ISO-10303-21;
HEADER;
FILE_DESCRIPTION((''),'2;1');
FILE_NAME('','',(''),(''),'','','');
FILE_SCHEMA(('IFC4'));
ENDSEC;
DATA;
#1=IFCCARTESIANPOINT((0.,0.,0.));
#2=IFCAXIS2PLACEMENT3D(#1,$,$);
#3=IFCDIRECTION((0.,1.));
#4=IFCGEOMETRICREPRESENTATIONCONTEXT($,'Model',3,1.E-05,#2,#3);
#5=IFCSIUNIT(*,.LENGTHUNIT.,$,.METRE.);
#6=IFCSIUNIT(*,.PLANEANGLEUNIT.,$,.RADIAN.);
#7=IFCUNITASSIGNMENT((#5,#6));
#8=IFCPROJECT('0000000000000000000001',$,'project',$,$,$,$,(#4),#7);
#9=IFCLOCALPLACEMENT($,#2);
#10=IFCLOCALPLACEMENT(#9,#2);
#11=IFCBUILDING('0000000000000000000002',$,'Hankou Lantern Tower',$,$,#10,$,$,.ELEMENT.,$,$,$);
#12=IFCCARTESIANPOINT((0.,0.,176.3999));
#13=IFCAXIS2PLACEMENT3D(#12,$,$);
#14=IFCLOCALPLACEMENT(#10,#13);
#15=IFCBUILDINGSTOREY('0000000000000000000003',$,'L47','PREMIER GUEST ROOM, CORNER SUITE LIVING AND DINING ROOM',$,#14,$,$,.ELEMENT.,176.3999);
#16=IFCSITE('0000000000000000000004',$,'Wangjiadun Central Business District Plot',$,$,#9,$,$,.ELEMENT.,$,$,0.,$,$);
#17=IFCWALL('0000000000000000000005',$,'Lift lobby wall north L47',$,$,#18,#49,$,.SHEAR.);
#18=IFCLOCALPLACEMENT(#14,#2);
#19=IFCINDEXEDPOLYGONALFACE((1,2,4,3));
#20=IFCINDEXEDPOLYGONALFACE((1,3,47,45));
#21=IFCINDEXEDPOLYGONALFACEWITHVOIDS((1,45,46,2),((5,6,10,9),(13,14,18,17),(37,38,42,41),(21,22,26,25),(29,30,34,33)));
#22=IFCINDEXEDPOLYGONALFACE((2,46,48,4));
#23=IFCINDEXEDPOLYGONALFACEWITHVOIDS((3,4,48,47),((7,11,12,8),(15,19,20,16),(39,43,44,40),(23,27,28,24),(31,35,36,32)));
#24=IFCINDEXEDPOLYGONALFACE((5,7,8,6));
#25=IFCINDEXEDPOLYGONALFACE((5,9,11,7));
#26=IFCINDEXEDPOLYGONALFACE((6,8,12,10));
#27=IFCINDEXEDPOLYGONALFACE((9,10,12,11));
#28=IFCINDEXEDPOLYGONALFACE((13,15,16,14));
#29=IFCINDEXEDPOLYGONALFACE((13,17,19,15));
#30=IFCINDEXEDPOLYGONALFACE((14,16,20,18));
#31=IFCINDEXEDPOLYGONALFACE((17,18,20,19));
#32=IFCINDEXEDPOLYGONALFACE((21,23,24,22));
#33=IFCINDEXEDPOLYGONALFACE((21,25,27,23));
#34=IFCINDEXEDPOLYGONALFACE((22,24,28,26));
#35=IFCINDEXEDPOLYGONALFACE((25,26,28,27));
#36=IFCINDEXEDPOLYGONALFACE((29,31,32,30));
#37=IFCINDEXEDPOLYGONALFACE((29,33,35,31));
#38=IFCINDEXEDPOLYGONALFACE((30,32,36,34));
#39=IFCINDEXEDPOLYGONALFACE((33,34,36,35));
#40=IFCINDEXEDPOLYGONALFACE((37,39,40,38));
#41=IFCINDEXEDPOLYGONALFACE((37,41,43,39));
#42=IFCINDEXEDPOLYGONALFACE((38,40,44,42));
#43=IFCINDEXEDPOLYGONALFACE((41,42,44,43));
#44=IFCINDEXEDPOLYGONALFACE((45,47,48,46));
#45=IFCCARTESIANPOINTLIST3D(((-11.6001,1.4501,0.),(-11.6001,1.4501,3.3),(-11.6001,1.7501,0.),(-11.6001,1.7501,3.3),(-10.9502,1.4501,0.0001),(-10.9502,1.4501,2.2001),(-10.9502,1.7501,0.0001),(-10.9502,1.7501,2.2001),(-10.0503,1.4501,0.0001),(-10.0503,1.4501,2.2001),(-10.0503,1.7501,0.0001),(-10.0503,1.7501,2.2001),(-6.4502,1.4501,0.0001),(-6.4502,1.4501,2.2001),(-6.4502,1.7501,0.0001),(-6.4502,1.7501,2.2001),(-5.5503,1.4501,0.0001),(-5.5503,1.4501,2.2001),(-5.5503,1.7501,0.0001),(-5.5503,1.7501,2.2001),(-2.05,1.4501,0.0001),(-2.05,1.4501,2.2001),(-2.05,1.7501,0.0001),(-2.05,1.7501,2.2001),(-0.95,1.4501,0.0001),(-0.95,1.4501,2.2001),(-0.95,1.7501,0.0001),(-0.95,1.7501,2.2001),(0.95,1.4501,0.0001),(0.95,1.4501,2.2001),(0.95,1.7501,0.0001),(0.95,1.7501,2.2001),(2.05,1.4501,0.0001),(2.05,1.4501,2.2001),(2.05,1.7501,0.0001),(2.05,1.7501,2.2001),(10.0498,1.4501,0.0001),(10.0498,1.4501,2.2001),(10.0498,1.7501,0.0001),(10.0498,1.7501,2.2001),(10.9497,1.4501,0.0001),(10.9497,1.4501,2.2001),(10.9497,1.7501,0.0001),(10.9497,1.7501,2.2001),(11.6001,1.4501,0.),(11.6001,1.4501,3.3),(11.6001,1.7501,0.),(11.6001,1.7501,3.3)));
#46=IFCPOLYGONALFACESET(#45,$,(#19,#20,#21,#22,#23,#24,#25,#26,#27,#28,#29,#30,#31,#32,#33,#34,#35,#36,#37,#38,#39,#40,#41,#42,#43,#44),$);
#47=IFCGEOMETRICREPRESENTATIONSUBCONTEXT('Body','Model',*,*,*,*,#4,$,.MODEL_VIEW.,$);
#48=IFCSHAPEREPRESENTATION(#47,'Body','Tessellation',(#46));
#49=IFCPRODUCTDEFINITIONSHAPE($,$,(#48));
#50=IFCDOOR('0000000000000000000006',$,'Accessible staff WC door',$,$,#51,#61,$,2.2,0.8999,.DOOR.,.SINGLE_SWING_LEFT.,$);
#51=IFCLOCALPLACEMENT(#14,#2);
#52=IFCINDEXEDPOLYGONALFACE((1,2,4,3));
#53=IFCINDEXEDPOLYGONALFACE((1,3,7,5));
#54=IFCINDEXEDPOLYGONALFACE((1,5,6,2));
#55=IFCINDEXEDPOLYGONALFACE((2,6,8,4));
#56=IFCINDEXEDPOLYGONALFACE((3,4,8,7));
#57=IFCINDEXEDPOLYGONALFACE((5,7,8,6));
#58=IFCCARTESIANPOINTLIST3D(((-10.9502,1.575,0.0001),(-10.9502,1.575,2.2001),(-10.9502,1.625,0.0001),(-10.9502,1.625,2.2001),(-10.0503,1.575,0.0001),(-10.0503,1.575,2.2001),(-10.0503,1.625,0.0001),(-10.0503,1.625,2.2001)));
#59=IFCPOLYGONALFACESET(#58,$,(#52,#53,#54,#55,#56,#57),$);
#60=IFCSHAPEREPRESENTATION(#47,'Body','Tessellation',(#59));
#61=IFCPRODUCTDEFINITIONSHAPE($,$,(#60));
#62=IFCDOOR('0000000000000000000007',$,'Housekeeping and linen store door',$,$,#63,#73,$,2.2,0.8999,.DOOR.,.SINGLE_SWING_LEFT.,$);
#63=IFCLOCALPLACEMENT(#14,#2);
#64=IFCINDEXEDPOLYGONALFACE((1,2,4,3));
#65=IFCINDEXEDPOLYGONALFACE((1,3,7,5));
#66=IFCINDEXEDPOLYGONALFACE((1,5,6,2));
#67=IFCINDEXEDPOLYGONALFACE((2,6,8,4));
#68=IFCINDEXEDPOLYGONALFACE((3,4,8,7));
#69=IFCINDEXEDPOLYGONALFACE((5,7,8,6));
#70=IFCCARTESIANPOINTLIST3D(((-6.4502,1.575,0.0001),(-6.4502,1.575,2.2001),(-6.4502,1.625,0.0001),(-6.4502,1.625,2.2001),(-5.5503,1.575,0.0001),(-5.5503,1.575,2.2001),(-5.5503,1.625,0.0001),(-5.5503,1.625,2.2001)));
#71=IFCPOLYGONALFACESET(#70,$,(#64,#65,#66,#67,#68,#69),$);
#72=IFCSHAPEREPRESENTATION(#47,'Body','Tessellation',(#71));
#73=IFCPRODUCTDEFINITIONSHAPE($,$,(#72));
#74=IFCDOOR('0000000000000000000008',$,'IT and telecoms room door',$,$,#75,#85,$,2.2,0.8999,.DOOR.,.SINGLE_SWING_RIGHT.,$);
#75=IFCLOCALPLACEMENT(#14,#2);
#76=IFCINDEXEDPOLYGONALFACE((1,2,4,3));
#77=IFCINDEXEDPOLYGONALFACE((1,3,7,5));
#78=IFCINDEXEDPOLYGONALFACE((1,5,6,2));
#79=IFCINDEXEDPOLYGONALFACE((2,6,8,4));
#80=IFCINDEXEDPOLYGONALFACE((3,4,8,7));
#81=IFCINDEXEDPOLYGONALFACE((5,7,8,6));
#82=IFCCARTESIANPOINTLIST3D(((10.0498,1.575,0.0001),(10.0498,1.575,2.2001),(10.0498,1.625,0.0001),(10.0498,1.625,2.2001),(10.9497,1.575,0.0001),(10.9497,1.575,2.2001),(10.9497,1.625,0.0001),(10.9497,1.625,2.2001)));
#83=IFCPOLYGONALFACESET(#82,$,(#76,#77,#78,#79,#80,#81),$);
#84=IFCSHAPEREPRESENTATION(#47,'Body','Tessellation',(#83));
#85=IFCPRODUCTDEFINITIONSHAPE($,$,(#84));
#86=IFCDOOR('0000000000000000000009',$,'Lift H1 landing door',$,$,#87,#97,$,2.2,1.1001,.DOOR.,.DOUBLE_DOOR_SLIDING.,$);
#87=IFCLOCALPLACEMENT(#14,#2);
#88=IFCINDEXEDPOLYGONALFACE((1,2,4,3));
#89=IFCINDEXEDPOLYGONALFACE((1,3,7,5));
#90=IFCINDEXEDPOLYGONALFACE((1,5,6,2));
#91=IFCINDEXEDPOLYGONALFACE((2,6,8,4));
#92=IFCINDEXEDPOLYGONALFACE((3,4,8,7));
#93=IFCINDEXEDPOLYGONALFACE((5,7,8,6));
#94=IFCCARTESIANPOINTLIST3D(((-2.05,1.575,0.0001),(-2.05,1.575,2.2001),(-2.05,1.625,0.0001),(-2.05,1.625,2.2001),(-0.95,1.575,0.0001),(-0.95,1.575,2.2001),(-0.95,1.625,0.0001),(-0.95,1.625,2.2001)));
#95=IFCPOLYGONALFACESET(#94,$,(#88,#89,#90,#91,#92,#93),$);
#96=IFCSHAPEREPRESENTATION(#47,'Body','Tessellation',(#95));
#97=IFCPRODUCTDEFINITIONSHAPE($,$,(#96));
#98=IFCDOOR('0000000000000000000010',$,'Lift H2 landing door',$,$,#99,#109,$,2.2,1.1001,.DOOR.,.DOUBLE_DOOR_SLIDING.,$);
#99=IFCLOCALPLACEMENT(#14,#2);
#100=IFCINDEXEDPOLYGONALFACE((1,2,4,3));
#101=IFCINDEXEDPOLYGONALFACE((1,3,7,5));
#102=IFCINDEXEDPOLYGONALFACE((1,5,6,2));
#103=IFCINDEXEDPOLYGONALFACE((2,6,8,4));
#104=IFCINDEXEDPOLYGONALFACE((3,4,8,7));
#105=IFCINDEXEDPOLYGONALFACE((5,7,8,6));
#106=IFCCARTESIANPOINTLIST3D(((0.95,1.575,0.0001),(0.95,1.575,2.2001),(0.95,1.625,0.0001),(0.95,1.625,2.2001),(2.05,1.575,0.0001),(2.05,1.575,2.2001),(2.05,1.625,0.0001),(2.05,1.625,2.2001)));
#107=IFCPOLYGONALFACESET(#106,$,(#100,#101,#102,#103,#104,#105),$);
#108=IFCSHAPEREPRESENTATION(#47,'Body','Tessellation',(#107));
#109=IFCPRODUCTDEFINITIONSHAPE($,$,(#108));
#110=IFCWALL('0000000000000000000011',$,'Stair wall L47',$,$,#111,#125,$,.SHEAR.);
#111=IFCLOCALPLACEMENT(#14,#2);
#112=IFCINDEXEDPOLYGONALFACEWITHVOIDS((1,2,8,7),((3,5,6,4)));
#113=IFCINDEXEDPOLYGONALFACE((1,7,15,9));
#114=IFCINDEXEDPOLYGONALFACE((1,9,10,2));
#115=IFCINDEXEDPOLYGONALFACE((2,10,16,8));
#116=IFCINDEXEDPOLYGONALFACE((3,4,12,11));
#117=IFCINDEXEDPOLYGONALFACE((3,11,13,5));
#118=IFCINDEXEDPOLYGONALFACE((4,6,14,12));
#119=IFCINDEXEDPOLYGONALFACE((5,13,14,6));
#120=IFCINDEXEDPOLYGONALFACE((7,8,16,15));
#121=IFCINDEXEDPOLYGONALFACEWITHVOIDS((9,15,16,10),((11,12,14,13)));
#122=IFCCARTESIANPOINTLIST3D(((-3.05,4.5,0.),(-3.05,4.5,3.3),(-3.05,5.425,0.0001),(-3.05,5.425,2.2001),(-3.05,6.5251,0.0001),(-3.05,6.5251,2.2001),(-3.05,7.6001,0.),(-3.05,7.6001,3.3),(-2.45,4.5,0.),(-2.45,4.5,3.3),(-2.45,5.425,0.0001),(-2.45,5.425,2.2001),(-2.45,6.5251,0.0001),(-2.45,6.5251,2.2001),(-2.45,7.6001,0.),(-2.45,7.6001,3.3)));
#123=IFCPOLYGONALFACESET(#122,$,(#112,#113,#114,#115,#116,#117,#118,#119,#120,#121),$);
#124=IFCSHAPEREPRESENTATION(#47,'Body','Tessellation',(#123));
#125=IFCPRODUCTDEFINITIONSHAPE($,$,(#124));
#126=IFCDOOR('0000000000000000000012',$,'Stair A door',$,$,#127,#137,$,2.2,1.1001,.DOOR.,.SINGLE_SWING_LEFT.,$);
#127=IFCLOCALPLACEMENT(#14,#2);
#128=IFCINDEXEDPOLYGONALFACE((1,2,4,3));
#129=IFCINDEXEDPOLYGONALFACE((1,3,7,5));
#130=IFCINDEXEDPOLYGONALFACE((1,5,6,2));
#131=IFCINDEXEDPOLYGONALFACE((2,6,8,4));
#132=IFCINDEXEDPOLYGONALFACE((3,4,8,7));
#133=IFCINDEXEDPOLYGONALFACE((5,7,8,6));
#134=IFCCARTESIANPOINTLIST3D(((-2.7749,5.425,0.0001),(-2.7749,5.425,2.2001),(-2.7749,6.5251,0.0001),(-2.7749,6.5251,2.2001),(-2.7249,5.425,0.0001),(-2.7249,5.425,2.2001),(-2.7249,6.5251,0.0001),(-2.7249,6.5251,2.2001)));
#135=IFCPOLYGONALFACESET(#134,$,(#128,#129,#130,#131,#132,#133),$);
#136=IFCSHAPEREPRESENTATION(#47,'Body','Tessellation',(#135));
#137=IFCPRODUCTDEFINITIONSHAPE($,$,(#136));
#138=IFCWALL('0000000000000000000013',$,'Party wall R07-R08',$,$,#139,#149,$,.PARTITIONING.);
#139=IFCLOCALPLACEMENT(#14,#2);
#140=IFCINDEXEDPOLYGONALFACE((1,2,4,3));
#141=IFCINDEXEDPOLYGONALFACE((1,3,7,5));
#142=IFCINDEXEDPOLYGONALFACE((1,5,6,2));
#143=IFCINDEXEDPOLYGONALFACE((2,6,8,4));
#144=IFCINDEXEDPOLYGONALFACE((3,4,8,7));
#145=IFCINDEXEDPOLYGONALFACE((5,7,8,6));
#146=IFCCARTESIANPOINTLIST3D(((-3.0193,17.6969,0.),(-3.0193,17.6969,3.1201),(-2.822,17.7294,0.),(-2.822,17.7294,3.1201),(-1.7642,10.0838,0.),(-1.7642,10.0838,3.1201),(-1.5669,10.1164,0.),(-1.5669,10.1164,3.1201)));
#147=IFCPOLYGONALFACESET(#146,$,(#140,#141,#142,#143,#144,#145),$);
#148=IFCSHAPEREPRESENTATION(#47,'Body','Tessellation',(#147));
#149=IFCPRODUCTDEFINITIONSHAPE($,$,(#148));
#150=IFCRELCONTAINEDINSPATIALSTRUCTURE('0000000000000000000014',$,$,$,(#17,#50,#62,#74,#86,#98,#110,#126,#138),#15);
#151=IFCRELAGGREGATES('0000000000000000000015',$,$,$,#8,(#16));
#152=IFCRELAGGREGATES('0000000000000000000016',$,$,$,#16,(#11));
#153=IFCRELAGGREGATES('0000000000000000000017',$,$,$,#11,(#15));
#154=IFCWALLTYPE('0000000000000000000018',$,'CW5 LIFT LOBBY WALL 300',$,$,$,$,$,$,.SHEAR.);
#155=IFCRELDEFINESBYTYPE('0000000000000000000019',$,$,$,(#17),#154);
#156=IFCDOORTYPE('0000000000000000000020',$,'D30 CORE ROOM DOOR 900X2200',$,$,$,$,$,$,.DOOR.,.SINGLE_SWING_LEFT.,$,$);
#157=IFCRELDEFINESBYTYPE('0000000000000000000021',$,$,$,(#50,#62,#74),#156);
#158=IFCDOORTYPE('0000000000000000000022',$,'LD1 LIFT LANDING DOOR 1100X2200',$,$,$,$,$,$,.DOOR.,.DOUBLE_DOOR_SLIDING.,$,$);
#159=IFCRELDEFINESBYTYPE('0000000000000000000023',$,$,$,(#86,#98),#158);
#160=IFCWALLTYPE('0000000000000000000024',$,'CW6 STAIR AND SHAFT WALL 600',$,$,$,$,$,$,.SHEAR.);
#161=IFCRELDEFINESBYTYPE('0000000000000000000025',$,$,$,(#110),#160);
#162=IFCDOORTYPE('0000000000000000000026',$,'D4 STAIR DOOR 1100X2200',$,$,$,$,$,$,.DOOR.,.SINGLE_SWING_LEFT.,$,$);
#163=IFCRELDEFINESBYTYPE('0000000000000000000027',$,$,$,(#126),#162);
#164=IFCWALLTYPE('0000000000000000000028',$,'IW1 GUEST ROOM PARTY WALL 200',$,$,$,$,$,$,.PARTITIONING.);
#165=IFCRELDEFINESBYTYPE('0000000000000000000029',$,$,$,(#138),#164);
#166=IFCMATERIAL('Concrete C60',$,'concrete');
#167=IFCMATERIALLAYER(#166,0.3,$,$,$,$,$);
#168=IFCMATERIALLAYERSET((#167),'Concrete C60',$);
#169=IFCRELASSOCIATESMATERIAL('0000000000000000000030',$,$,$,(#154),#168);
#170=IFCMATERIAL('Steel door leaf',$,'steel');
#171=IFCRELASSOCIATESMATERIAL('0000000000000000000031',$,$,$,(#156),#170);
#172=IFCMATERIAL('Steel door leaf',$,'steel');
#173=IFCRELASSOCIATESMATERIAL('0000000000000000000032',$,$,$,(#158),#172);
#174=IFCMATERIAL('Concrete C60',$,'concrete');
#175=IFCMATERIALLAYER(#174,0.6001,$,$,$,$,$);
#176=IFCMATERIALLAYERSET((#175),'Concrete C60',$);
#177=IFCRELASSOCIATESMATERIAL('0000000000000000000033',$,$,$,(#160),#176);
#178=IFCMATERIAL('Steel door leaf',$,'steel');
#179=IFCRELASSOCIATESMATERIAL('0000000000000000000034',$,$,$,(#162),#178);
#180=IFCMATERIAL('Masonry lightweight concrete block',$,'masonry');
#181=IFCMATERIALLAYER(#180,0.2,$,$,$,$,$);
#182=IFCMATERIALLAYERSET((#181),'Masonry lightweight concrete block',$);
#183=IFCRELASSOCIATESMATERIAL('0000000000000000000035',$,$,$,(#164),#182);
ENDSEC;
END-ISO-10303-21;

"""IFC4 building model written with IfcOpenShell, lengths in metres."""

from ifc_helpers import new_model, si_unit, direction, frame, frame_2d, origin, place, context, subcontext, project, spatial, rectangle, extrude, material, layer, layer_set, type_object, element, fill, save


model = new_model("IFC4")

# Units and contexts
model_context = context("Model", 3, precision=1e-05, world=origin(), true_north=direction((0.0, 1.0)))
body_context = subcontext(model_context, "Body", "Model", "MODEL_VIEW")
ifc_project = project(units=[si_unit("LENGTHUNIT", "METRE"), si_unit("PLANEANGLEUNIT", "RADIAN")], contexts=[model_context])

# Site, building, storey
site_placement = place(None, origin())
site = spatial("IfcSite", under=ifc_project, at=site_placement, Name="Wangjiadun Central Business District Plot", CompositionType="ELEMENT", RefElevation=0.0)
building_placement = place(site_placement, origin())
building = spatial("IfcBuilding", under=site, at=building_placement, Name="Hankou Lantern Tower", CompositionType="ELEMENT")
storey_placement = place(building_placement, frame((0.0, 0.0, 176.3999)))
storey = spatial("IfcBuildingStorey", under=building, at=storey_placement, Name="L47", Description="PREMIER GUEST ROOM, CORNER SUITE LIVING AND DINING ROOM", CompositionType="ELEMENT", Elevation=176.3999)

# Wall, openings, doors
ifc_material_1 = material(Name="Concrete C60", Category="concrete")
ifc_layer_1 = layer(ifc_material_1, 0.3)
ifc_layer_set_1 = layer_set([ifc_layer_1], Name="Concrete C60")
wall_type_1 = type_object("IfcWallType", Name="CW5 LIFT LOBBY WALL 300", PredefinedType="SHEAR", material=ifc_layer_set_1)
wall_1_placement = place(storey_placement, frame((-11.6001, 1.6001, 0.0), z_axis=(0.0, 0.0, 1.0), x_axis=(1.0, 0.0, 0.0)))
wall_1 = element("IfcWall", 1, at=wall_1_placement, inside=storey, type_object=wall_type_1, Name="Lift lobby wall north L47", PredefinedType="SHEAR", context=body_context, shape_type="SweptSolid", body=[
    extrude(rectangle(XDim=23.2002, YDim=0.3, at=frame_2d((11.6001, 0.0))), origin(), (0.0, 0.0, 1.0), 3.3),
])
opening_1_placement = place(wall_1_placement, frame((9.55, 0.0, 0.0)))
opening_1 = element("IfcOpeningElement", 2, at=opening_1_placement, cuts=wall_1, PredefinedType="OPENING", context=body_context, shape_type="SweptSolid", body=[
    extrude(rectangle(XDim=1.1001, YDim=2.2, at=frame_2d((0.55, 1.1001))), frame((0.0, 0.1599, 0.0), z_axis=(0.0, -1.0, 0.0), x_axis=(1.0, 0.0, 0.0)), (0.0, 0.0, 1.0), 0.3201),
])
opening_2_placement = place(wall_1_placement, frame((12.55, 0.0, 0.0)))
opening_2 = element("IfcOpeningElement", 3, at=opening_2_placement, cuts=wall_1, PredefinedType="OPENING", context=body_context, shape_type="SweptSolid", body=[
    extrude(rectangle(XDim=1.1001, YDim=2.2, at=frame_2d((0.55, 1.1001))), frame((0.0, 0.1599, 0.0), z_axis=(0.0, -1.0, 0.0), x_axis=(1.0, 0.0, 0.0)), (0.0, 0.0, 1.0), 0.3201),
])
opening_3_placement = place(wall_1_placement, frame((0.6499, 0.0, 0.0)))
opening_3 = element("IfcOpeningElement", 4, at=opening_3_placement, cuts=wall_1, PredefinedType="OPENING", context=body_context, shape_type="SweptSolid", body=[
    extrude(rectangle(XDim=0.8999, YDim=2.2, at=frame_2d((0.45, 1.1001))), frame((0.0, 0.1599, 0.0), z_axis=(0.0, -1.0, 0.0), x_axis=(1.0, 0.0, 0.0)), (0.0, 0.0, 1.0), 0.3201),
])
opening_4_placement = place(wall_1_placement, frame((5.1499, 0.0, 0.0)))
opening_4 = element("IfcOpeningElement", 5, at=opening_4_placement, cuts=wall_1, PredefinedType="OPENING", context=body_context, shape_type="SweptSolid", body=[
    extrude(rectangle(XDim=0.8999, YDim=2.2, at=frame_2d((0.45, 1.1001))), frame((0.0, 0.1599, 0.0), z_axis=(0.0, -1.0, 0.0), x_axis=(1.0, 0.0, 0.0)), (0.0, 0.0, 1.0), 0.3201),
])
opening_5_placement = place(wall_1_placement, frame((21.6499, 0.0, 0.0)))
opening_5 = element("IfcOpeningElement", 6, at=opening_5_placement, cuts=wall_1, PredefinedType="OPENING", context=body_context, shape_type="SweptSolid", body=[
    extrude(rectangle(XDim=0.8999, YDim=2.2, at=frame_2d((0.45, 1.1001))), frame((0.0, 0.1599, 0.0), z_axis=(0.0, -1.0, 0.0), x_axis=(1.0, 0.0, 0.0)), (0.0, 0.0, 1.0), 0.3201),
])
ifc_material_2 = material(Name="Steel door leaf", Category="steel")
door_type_1 = type_object("IfcDoorType", Name="D30 CORE ROOM DOOR 900X2200", OperationType="SINGLE_SWING_LEFT", PredefinedType="DOOR", material=ifc_material_2)
door_1_placement = place(opening_3_placement, origin())
door_1 = element("IfcDoor", 7, at=door_1_placement, inside=storey, type_object=door_type_1, Name="Accessible staff WC door", OperationType="SINGLE_SWING_LEFT", OverallHeight=2.2, OverallWidth=0.8999, PredefinedType="DOOR", context=body_context, shape_type="SweptSolid", body=[
    extrude(rectangle(XDim=0.8999, YDim=2.2, at=frame_2d((0.45, 1.1001))), frame((0.0, 0.0249, 0.0), z_axis=(0.0, -1.0, 0.0), x_axis=(1.0, 0.0, 0.0)), (0.0, 0.0, 1.0), 0.05),
])
fill(opening_3, door_1)
door_2_placement = place(opening_4_placement, origin())
door_2 = element("IfcDoor", 8, at=door_2_placement, inside=storey, type_object=door_type_1, Name="Housekeeping and linen store door", OperationType="SINGLE_SWING_LEFT", OverallHeight=2.2, OverallWidth=0.8999, PredefinedType="DOOR", context=body_context, shape_type="SweptSolid", body=[
    extrude(rectangle(XDim=0.8999, YDim=2.2, at=frame_2d((0.45, 1.1001))), frame((0.0, 0.0249, 0.0), z_axis=(0.0, -1.0, 0.0), x_axis=(1.0, 0.0, 0.0)), (0.0, 0.0, 1.0), 0.05),
])
fill(opening_4, door_2)
door_3_placement = place(opening_5_placement, origin())
door_3 = element("IfcDoor", 9, at=door_3_placement, inside=storey, type_object=door_type_1, Name="IT and telecoms room door", OperationType="SINGLE_SWING_RIGHT", OverallHeight=2.2, OverallWidth=0.8999, PredefinedType="DOOR", context=body_context, shape_type="SweptSolid", body=[
    extrude(rectangle(XDim=0.8999, YDim=2.2, at=frame_2d((0.45, 1.1001))), frame((0.0, 0.0249, 0.0), z_axis=(0.0, -1.0, 0.0), x_axis=(1.0, 0.0, 0.0)), (0.0, 0.0, 1.0), 0.05),
])
fill(opening_5, door_3)
ifc_material_3 = material(Name="Steel door leaf", Category="steel")
door_type_2 = type_object("IfcDoorType", Name="LD1 LIFT LANDING DOOR 1100X2200", OperationType="DOUBLE_DOOR_SLIDING", PredefinedType="DOOR", material=ifc_material_3)
door_4_placement = place(opening_1_placement, origin())
door_4 = element("IfcDoor", 10, at=door_4_placement, inside=storey, type_object=door_type_2, Name="Lift H1 landing door", OperationType="DOUBLE_DOOR_SLIDING", OverallHeight=2.2, OverallWidth=1.1001, PredefinedType="DOOR", context=body_context, shape_type="SweptSolid", body=[
    extrude(rectangle(XDim=1.1001, YDim=2.2, at=frame_2d((0.55, 1.1001))), frame((0.0, 0.0249, 0.0), z_axis=(0.0, -1.0, 0.0), x_axis=(1.0, 0.0, 0.0)), (0.0, 0.0, 1.0), 0.05),
])
fill(opening_1, door_4)
door_5_placement = place(opening_2_placement, origin())
door_5 = element("IfcDoor", 11, at=door_5_placement, inside=storey, type_object=door_type_2, Name="Lift H2 landing door", OperationType="DOUBLE_DOOR_SLIDING", OverallHeight=2.2, OverallWidth=1.1001, PredefinedType="DOOR", context=body_context, shape_type="SweptSolid", body=[
    extrude(rectangle(XDim=1.1001, YDim=2.2, at=frame_2d((0.55, 1.1001))), frame((0.0, 0.0249, 0.0), z_axis=(0.0, -1.0, 0.0), x_axis=(1.0, 0.0, 0.0)), (0.0, 0.0, 1.0), 0.05),
])
fill(opening_2, door_5)

# Wall, opening, door
ifc_material_4 = material(Name="Concrete C60", Category="concrete")
ifc_layer_2 = layer(ifc_material_4, 0.6001)
ifc_layer_set_2 = layer_set([ifc_layer_2], Name="Concrete C60")
wall_type_2 = type_object("IfcWallType", Name="CW6 STAIR AND SHAFT WALL 600", PredefinedType="SHEAR", material=ifc_layer_set_2)
wall_2_placement = place(storey_placement, frame((-2.75, 4.5, 0.0), z_axis=(0.0, 0.0, 1.0), x_axis=(0.0, 1.0, 0.0)))
wall_2 = element("IfcWall", 12, at=wall_2_placement, inside=storey, type_object=wall_type_2, Name="Stair wall L47", PredefinedType="SHEAR", context=body_context, shape_type="SweptSolid", body=[
    extrude(rectangle(XDim=3.1001, YDim=0.6001, at=frame_2d((1.55, 0.0))), origin(), (0.0, 0.0, 1.0), 3.3),
])
opening_6_placement = place(wall_2_placement, frame((0.925, 0.0, 0.0)))
opening_6 = element("IfcOpeningElement", 13, at=opening_6_placement, cuts=wall_2, PredefinedType="OPENING", context=body_context, shape_type="SweptSolid", body=[
    extrude(rectangle(XDim=1.1001, YDim=2.2, at=frame_2d((0.55, 1.1001))), frame((0.0, 0.3101, 0.0), z_axis=(0.0, -1.0, 0.0), x_axis=(1.0, 0.0, 0.0)), (0.0, 0.0, 1.0), 0.6201),
])
ifc_material_5 = material(Name="Steel door leaf", Category="steel")
door_type_3 = type_object("IfcDoorType", Name="D4 STAIR DOOR 1100X2200", OperationType="SINGLE_SWING_LEFT", PredefinedType="DOOR", material=ifc_material_5)
door_6_placement = place(opening_6_placement, origin())
door_6 = element("IfcDoor", 14, at=door_6_placement, inside=storey, type_object=door_type_3, Name="Stair A door", OperationType="SINGLE_SWING_LEFT", OverallHeight=2.2, OverallWidth=1.1001, PredefinedType="DOOR", context=body_context, shape_type="SweptSolid", body=[
    extrude(rectangle(XDim=1.1001, YDim=2.2, at=frame_2d((0.55, 1.1001))), frame((0.0, 0.0249, 0.0), z_axis=(0.0, -1.0, 0.0), x_axis=(1.0, 0.0, 0.0)), (0.0, 0.0, 1.0), 0.05),
])
fill(opening_6, door_6)

# Wall
ifc_material_6 = material(Name="Masonry lightweight concrete block", Category="masonry")
ifc_layer_3 = layer(ifc_material_6, 0.2)
ifc_layer_set_3 = layer_set([ifc_layer_3], Name="Masonry lightweight concrete block")
wall_type_3 = type_object("IfcWallType", Name="IW1 GUEST ROOM PARTY WALL 200", PredefinedType="PARTITIONING", material=ifc_layer_set_3)
wall_3_placement = place(storey_placement, frame((-1.6655, 10.1001, 0.0), z_axis=(0.0, 0.0, 1.0), x_axis=(-0.16267, 0.986681, 0.0)))
element("IfcWall", 15, at=wall_3_placement, inside=storey, type_object=wall_type_3, Name="Party wall R07-R08", PredefinedType="PARTITIONING", context=body_context, shape_type="SweptSolid", body=[
    extrude(rectangle(XDim=7.7158, YDim=0.2, at=frame_2d((3.8579, 0.0))), origin(), (0.0, 0.0, 1.0), 3.1201),
])

save(model, "model.ifc")
